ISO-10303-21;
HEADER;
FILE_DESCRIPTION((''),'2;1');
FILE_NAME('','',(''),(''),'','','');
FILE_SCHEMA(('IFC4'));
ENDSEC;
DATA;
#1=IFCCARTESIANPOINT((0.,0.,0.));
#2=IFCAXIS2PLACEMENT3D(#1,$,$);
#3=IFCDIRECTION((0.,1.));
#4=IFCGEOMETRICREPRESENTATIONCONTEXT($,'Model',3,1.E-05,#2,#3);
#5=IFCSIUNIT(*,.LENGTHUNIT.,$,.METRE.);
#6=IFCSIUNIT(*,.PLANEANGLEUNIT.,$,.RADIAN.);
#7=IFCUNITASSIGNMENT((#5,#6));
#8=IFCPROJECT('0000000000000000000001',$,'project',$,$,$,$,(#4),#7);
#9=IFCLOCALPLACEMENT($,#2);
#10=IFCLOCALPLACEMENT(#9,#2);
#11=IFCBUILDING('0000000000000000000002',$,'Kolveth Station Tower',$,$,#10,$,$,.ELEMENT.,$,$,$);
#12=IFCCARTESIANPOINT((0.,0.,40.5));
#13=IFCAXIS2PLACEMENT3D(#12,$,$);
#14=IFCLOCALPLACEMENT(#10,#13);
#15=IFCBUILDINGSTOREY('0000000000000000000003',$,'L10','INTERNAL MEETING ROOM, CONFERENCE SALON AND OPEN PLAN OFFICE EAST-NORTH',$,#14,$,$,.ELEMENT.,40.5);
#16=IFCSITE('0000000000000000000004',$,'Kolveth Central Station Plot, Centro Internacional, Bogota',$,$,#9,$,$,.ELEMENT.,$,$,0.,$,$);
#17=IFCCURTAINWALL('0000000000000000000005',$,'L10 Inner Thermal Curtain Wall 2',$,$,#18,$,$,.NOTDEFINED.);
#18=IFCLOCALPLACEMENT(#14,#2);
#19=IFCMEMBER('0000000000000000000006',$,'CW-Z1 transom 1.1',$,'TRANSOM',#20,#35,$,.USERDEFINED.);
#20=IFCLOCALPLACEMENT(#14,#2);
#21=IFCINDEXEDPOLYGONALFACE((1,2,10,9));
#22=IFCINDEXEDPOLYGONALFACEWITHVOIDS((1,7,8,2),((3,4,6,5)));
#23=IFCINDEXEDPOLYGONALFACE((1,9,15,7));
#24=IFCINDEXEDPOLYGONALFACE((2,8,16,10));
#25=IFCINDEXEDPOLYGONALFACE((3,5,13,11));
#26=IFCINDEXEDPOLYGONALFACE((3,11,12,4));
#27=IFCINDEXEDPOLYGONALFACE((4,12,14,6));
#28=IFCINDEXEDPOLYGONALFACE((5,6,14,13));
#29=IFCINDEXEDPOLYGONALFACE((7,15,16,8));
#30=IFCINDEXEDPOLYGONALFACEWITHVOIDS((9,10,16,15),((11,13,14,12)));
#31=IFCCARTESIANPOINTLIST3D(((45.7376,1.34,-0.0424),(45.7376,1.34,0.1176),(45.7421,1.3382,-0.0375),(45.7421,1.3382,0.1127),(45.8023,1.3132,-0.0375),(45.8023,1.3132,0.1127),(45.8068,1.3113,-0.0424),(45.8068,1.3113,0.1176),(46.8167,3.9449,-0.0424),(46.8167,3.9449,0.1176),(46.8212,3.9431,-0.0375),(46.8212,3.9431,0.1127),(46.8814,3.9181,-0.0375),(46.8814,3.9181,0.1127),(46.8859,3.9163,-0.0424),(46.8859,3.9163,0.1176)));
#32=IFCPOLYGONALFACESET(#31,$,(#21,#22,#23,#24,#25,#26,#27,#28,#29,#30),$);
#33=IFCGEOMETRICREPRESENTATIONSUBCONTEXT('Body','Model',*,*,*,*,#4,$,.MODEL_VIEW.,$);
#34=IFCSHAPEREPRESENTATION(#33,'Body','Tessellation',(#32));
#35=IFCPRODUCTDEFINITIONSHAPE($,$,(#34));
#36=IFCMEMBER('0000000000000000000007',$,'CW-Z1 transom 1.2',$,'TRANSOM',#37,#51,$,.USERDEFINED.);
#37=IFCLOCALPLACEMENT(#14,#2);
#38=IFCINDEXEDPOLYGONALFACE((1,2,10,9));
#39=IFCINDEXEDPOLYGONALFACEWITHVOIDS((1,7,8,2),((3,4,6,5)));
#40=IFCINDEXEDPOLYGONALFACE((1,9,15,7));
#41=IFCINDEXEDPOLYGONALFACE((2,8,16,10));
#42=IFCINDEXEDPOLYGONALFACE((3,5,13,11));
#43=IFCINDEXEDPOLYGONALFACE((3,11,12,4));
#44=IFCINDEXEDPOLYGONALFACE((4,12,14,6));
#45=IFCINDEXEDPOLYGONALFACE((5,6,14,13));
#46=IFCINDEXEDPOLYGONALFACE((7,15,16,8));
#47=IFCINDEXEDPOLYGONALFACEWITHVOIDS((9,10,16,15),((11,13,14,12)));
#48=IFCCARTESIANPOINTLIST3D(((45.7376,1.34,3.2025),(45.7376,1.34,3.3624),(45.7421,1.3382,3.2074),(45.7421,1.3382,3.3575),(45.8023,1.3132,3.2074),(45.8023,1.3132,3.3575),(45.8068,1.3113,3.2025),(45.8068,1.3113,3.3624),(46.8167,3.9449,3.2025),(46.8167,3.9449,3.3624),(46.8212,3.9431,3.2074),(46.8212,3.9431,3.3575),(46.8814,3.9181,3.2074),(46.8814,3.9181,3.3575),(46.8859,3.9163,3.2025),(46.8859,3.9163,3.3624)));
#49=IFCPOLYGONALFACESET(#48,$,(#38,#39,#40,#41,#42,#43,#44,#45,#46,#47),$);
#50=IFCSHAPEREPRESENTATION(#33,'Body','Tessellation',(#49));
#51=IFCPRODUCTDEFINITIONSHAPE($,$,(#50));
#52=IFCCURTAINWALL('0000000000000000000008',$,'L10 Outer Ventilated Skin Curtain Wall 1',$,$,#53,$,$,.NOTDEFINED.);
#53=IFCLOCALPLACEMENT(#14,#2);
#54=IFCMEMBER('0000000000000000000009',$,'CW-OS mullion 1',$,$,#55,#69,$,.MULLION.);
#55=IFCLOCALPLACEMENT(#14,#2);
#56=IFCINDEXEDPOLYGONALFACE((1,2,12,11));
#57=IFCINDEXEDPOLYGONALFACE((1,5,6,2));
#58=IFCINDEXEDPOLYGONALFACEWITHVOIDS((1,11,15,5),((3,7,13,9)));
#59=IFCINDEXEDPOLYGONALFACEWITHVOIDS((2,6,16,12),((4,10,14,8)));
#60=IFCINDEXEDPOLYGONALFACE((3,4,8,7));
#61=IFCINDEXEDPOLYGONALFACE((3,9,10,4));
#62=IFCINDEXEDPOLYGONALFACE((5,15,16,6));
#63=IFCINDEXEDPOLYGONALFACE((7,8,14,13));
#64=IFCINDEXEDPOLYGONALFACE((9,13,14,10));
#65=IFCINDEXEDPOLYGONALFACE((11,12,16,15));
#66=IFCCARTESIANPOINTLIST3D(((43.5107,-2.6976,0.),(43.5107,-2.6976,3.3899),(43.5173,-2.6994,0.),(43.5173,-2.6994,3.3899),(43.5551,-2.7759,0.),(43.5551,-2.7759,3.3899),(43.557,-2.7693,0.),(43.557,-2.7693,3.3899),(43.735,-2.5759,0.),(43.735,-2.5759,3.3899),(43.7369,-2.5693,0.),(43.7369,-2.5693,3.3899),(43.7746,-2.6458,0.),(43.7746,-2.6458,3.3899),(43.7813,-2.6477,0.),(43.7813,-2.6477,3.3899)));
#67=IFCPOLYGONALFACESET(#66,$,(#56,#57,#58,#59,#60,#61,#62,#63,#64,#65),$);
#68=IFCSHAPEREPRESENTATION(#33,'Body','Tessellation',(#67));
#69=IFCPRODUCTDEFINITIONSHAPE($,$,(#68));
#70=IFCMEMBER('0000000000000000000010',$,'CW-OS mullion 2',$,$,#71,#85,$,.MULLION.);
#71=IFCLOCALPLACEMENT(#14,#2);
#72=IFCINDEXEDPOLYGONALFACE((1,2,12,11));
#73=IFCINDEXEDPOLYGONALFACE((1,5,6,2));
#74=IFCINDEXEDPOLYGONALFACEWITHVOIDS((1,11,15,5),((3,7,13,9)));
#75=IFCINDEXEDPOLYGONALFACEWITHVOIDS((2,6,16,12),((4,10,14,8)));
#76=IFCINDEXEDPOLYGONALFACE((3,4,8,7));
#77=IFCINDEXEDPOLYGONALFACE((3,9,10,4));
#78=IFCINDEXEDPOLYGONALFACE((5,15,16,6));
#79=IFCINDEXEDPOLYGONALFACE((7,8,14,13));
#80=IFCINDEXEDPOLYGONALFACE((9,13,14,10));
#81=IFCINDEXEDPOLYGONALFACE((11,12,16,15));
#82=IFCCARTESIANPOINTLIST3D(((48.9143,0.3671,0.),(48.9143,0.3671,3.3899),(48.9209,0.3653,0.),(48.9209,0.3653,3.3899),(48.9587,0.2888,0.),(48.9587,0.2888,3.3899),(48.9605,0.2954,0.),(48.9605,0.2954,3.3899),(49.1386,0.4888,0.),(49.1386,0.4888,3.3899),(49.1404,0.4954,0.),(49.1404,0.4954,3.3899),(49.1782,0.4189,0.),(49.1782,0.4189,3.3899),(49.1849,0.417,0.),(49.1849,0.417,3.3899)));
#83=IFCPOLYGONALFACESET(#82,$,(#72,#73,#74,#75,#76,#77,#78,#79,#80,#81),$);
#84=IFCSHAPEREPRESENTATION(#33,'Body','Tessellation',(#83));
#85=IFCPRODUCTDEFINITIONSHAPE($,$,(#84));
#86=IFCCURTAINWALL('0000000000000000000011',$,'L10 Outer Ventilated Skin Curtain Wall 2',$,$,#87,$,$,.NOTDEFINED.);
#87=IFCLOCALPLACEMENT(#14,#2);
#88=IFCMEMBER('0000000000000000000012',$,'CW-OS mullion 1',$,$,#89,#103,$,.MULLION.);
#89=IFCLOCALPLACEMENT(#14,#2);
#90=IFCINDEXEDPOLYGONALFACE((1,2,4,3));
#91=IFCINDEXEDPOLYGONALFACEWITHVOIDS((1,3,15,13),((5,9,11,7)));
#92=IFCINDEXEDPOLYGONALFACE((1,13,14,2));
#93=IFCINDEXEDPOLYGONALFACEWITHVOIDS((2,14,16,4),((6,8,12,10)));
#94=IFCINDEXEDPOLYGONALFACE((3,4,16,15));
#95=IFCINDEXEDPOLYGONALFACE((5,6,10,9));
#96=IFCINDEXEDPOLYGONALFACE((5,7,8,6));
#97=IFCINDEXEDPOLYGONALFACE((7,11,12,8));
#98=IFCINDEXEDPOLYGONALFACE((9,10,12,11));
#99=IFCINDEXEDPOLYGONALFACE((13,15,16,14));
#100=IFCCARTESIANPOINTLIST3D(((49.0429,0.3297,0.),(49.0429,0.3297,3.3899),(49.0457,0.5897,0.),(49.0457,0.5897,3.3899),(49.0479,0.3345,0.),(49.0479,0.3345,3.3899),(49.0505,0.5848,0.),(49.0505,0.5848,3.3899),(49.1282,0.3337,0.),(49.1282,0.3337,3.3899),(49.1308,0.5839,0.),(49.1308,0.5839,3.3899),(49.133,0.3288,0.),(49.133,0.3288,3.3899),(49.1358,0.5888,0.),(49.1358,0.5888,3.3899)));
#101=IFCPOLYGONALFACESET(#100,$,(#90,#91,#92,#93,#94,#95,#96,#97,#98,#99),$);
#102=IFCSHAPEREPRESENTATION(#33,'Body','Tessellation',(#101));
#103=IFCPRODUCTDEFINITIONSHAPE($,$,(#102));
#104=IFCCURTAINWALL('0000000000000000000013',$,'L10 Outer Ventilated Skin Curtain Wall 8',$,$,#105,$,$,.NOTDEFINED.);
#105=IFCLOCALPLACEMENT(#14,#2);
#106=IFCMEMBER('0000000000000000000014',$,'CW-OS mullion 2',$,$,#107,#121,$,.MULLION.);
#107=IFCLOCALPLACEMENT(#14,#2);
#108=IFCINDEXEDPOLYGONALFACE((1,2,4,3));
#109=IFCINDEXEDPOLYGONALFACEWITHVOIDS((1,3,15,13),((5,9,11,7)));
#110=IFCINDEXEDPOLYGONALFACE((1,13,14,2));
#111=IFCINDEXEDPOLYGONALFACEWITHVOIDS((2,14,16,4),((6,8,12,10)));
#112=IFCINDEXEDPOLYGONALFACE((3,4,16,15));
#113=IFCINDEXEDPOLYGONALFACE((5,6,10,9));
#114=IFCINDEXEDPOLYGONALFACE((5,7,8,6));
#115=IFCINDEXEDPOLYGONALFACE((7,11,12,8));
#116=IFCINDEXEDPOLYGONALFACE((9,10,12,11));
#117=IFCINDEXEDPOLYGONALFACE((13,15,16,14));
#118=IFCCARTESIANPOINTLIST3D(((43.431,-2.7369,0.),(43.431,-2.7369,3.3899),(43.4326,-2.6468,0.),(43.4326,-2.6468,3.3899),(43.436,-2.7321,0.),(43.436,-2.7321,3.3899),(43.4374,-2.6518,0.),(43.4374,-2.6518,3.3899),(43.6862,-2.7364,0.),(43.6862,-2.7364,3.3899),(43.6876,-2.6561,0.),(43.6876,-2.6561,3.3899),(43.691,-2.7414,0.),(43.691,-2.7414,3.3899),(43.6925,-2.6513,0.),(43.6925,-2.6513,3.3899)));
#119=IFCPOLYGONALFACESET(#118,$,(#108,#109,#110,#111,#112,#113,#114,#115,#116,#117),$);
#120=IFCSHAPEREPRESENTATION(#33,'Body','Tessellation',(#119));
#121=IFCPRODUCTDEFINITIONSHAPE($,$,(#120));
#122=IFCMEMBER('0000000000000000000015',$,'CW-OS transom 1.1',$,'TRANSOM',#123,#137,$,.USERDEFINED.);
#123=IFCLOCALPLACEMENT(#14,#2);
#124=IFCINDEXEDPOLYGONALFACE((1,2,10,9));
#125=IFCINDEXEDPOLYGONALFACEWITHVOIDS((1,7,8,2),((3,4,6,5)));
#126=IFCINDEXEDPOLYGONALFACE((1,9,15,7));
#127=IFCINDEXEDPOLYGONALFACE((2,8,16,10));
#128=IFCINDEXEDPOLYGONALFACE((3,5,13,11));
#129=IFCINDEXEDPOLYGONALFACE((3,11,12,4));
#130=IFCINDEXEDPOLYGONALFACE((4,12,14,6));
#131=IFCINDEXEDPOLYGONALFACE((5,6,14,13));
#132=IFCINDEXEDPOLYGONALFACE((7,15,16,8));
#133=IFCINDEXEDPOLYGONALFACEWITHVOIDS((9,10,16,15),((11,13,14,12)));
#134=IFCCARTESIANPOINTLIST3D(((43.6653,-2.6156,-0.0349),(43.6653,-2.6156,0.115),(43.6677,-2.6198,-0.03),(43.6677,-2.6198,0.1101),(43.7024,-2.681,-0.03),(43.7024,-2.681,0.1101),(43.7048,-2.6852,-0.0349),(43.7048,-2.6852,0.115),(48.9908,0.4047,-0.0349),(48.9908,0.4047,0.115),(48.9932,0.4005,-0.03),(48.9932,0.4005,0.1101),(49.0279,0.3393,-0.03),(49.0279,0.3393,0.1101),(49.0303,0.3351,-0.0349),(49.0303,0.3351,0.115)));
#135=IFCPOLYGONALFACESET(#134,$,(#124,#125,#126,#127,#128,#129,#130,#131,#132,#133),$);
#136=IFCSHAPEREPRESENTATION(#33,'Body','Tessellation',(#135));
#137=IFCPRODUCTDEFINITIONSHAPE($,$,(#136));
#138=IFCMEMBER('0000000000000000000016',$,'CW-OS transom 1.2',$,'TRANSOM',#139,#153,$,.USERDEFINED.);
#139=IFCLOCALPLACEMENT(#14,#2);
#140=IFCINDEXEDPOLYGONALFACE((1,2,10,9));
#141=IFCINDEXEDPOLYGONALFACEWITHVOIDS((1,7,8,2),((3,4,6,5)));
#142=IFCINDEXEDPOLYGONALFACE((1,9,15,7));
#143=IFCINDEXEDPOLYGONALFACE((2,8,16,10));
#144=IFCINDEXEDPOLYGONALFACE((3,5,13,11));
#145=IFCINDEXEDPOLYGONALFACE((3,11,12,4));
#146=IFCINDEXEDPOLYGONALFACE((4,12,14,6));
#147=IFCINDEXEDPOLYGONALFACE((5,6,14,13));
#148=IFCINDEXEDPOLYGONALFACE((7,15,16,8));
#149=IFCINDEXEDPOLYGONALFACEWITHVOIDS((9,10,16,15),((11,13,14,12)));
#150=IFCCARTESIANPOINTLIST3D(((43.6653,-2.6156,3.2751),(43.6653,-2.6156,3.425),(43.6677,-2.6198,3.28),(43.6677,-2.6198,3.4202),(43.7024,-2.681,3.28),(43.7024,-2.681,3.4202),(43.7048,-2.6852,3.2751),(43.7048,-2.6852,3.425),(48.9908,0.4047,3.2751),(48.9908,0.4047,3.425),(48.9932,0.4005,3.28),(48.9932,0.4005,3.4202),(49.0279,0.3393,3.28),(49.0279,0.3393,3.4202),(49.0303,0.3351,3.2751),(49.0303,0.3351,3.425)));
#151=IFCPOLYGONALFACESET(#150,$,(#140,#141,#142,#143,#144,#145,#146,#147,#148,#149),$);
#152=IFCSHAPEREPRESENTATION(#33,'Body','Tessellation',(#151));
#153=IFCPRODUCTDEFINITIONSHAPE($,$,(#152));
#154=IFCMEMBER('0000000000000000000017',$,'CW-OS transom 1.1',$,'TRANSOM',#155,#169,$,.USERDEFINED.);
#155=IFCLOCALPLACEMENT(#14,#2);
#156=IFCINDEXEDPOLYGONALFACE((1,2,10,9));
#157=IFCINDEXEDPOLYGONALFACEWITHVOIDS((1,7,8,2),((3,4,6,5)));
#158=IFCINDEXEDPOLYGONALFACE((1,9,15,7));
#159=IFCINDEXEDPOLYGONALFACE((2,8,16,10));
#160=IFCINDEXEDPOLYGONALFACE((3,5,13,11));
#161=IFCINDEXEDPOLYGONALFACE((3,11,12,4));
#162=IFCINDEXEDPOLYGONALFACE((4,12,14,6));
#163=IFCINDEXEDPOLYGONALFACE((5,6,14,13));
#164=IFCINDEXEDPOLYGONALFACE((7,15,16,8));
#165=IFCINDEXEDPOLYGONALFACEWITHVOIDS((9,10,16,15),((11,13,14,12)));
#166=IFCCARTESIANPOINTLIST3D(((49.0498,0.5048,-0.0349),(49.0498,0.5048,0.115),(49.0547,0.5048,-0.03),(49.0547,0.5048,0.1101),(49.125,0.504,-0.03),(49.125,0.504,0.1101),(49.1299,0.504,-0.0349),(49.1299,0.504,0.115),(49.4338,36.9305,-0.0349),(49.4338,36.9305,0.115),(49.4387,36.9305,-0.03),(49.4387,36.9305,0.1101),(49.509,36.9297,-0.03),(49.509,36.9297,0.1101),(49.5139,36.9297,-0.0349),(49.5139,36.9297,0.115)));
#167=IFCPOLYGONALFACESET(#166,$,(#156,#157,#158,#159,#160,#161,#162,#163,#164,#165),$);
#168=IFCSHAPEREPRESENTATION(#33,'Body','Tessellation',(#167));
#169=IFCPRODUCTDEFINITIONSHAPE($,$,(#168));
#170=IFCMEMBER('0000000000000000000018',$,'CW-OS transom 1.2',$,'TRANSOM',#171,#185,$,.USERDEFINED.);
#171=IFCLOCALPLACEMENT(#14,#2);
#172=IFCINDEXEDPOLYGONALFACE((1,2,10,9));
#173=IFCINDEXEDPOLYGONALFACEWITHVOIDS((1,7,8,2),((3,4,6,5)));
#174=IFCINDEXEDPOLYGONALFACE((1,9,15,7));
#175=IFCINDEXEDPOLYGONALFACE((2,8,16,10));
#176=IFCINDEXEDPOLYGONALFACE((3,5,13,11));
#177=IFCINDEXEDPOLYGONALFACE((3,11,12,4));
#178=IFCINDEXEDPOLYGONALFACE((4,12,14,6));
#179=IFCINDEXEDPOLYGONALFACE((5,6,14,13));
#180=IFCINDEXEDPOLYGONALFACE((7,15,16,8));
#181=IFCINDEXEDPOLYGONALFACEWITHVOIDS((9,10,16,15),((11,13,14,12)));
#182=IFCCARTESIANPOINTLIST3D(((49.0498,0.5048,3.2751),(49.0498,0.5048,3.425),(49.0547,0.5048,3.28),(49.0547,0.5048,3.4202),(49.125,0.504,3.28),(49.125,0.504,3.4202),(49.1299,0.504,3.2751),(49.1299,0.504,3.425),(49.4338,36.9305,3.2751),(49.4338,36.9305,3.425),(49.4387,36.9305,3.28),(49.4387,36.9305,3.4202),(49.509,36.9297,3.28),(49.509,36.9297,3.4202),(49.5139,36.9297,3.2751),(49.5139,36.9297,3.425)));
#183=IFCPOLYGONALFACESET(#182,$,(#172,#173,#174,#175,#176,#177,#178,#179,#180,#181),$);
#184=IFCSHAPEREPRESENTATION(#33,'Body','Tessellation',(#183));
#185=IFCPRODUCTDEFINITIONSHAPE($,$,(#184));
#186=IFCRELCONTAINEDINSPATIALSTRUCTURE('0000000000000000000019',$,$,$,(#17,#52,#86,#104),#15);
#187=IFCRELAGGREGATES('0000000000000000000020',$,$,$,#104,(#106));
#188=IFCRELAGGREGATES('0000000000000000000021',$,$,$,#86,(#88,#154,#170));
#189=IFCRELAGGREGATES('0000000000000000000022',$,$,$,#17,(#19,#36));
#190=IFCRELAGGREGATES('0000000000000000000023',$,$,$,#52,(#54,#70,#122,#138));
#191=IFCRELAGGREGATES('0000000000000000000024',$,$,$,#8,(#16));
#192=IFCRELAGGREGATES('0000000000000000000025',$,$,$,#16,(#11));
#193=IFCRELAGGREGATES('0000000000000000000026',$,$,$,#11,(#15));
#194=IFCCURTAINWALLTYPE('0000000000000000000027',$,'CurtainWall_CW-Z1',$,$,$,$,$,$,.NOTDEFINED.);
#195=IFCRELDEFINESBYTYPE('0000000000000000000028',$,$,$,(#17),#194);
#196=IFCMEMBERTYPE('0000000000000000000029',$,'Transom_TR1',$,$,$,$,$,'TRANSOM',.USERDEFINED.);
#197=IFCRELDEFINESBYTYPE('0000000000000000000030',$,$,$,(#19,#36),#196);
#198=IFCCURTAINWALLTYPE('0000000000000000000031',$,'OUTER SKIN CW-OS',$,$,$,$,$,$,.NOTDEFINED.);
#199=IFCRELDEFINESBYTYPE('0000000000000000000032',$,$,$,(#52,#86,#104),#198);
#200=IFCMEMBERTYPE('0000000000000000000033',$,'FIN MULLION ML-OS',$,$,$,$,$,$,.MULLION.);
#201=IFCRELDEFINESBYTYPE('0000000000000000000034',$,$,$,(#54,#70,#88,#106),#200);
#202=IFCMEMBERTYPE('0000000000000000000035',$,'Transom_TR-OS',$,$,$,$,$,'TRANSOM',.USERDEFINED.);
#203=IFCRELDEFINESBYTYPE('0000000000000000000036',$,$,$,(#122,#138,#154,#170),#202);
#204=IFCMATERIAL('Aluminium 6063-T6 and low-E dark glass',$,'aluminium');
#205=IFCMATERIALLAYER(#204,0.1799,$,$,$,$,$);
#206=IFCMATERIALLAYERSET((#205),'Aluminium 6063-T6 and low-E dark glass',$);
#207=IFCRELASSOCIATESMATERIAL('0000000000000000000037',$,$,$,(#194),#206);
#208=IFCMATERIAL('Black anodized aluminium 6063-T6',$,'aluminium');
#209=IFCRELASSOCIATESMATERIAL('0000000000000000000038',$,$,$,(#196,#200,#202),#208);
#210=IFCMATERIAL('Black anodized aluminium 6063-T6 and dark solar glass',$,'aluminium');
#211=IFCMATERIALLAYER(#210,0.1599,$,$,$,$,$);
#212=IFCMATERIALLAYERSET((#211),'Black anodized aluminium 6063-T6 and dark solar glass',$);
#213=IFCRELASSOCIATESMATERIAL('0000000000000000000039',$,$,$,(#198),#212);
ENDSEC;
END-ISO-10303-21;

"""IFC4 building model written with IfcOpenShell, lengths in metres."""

from ifc_helpers import new_model, si_unit, direction, frame, origin, origin_2d, place, context, subcontext, project, spatial, hollow_rectangle, extrude, source, transform, mapped, material, layer, layer_set, material_profile, profile_set, type_object, element, aggregate, save


model = new_model("IFC4")

# Units and contexts
model_context = context("Model", 3, precision=1e-05, world=origin(), true_north=direction((0.0, 1.0)))
body_context = subcontext(model_context, "Body", "Model", "MODEL_VIEW")
ifc_project = project(units=[si_unit("LENGTHUNIT", "METRE"), si_unit("PLANEANGLEUNIT", "RADIAN")], contexts=[model_context])

# Site, building, storey
site_placement = place(None, origin())
site = spatial("IfcSite", under=ifc_project, at=site_placement, Name="Kolveth Central Station Plot, Centro Internacional, Bogota", CompositionType="ELEMENT", RefElevation=0.0)
building_placement = place(site_placement, origin())
building = spatial("IfcBuilding", under=site, at=building_placement, Name="Kolveth Station Tower", CompositionType="ELEMENT")
storey_placement = place(building_placement, frame((0.0, 0.0, 40.5)))
storey = spatial("IfcBuildingStorey", under=building, at=storey_placement, Name="L10", Description="INTERNAL MEETING ROOM, CONFERENCE SALON AND OPEN PLAN OFFICE EAST-NORTH", CompositionType="ELEMENT", Elevation=40.5)

# Curtain wall
ifc_material_1 = material(Name="Aluminium 6063-T6 and low-E dark glass", Category="aluminium")
ifc_layer_1 = layer(ifc_material_1, 0.1799)
ifc_layer_set_1 = layer_set([ifc_layer_1], Name="Aluminium 6063-T6 and low-E dark glass")
curtain_wall_type_1 = type_object("IfcCurtainWallType", Name="CurtainWall_CW-Z1", PredefinedType="NOTDEFINED", material=ifc_layer_set_1)
ifc_material_2 = material(Name="Black anodized aluminium 6063-T6", Category="aluminium")
curtain_wall_1_placement = place(storey_placement, origin())
curtain_wall_1 = element("IfcCurtainWall", 1, at=curtain_wall_1_placement, inside=storey, type_object=curtain_wall_type_1, Name="L10 Inner Thermal Curtain Wall 2", PredefinedType="NOTDEFINED")

# Members
ifc_material_profile_1 = material_profile(ifc_material_2, hollow_rectangle(XDim=0.075, YDim=0.1599, WallThickness=0.0049, at=origin_2d()), Name="ALU-75x160x5")
ifc_profile_set_1 = profile_set([ifc_material_profile_1], Name="Black anodized aluminium 6063-T6")
member_type_1 = type_object("IfcMemberType", Name="Transom_TR1", ElementType="TRANSOM", PredefinedType="USERDEFINED", material=ifc_profile_set_1)
shared_shape_1 = source(origin(), body_context, "Body", "SweptSolid", [
    extrude(hollow_rectangle(XDim=0.075, YDim=0.1599, WallThickness=0.0049, at=origin_2d()), origin(), (0.0, 0.0, 1.0), 2.8196),
])
member_1_placement = place(storey_placement, frame((45.7722, 1.3257, 0.0376), z_axis=(0.382709, 0.923869, 0.0), x_axis=(-0.923869, 0.382709, 0.0)))
member_1 = element("IfcMember", 2, at=member_1_placement, type_object=member_type_1, Name="CW-Z1 transom 1.1", ObjectType="TRANSOM", PredefinedType="USERDEFINED", context=body_context, shape_type="MappedRepresentation", body=[
    mapped(shared_shape_1, transform((0.0, 0.0, 0.0), x_axis=(1.0, 0.0, 0.0), y_axis=(0.0, 1.0, 0.0), z_axis=(0.0, 0.0, 1.0), scale=1.0)),
])
member_2_placement = place(storey_placement, frame((45.7722, 1.3257, 3.2825), z_axis=(0.382709, 0.923869, 0.0), x_axis=(-0.923869, 0.382709, 0.0)))
member_2 = element("IfcMember", 3, at=member_2_placement, type_object=member_type_1, Name="CW-Z1 transom 1.2", ObjectType="TRANSOM", PredefinedType="USERDEFINED", context=body_context, shape_type="MappedRepresentation", body=[
    mapped(shared_shape_1, transform((0.0, 0.0, 0.0), x_axis=(1.0, 0.0, 0.0), y_axis=(0.0, 1.0, 0.0), z_axis=(0.0, 0.0, 1.0), scale=1.0)),
])

# Curtain wall, members
ifc_material_3 = material(Name="Black anodized aluminium 6063-T6 and dark solar glass", Category="aluminium")
ifc_layer_2 = layer(ifc_material_3, 0.1599)
ifc_layer_set_2 = layer_set([ifc_layer_2], Name="Black anodized aluminium 6063-T6 and dark solar glass")
curtain_wall_type_2 = type_object("IfcCurtainWallType", Name="OUTER SKIN CW-OS", PredefinedType="NOTDEFINED", material=ifc_layer_set_2)
curtain_wall_2_placement = place(storey_placement, origin())
curtain_wall_2 = element("IfcCurtainWall", 4, at=curtain_wall_2_placement, inside=storey, type_object=curtain_wall_type_2, Name="L10 Outer Ventilated Skin Curtain Wall 1", PredefinedType="NOTDEFINED")
ifc_material_profile_2 = material_profile(ifc_material_2, hollow_rectangle(XDim=0.0901, YDim=0.26, WallThickness=0.0049, at=origin_2d()), Name="ALU-90x260x5")
ifc_profile_set_2 = profile_set([ifc_material_profile_2], Name="Black anodized aluminium 6063-T6")
member_type_2 = type_object("IfcMemberType", Name="FIN MULLION ML-OS", PredefinedType="MULLION", material=ifc_profile_set_2)
shared_shape_2 = source(origin(), body_context, "Body", "SweptSolid", [
    extrude(hollow_rectangle(XDim=0.0901, YDim=0.26, WallThickness=0.0049, at=origin_2d()), origin(), (0.0, 0.0, 1.0), 3.3899),
])
member_3_placement = place(storey_placement, frame((43.646, -2.6726, 0.0), z_axis=(0.0, 0.0, 1.0), x_axis=(-0.493341, 0.869836, 0.0)))
member_3 = element("IfcMember", 5, at=member_3_placement, type_object=member_type_2, Name="CW-OS mullion 1", PredefinedType="MULLION", context=body_context, shape_type="MappedRepresentation", body=[
    mapped(shared_shape_2, transform((0.0, 0.0, 0.0), x_axis=(1.0, 0.0, 0.0), y_axis=(0.0, 1.0, 0.0), z_axis=(0.0, 0.0, 1.0), scale=1.0)),
])
member_4_placement = place(storey_placement, frame((49.0496, 0.3921, 0.0), z_axis=(0.0, 0.0, 1.0), x_axis=(-0.493341, 0.869836, 0.0)))
member_4 = element("IfcMember", 6, at=member_4_placement, type_object=member_type_2, Name="CW-OS mullion 2", PredefinedType="MULLION", context=body_context, shape_type="MappedRepresentation", body=[
    mapped(shared_shape_2, transform((0.0, 0.0, 0.0), x_axis=(1.0, 0.0, 0.0), y_axis=(0.0, 1.0, 0.0), z_axis=(0.0, 0.0, 1.0), scale=1.0)),
])

# Curtain walls, members
curtain_wall_3_placement = place(storey_placement, origin())
curtain_wall_3 = element("IfcCurtainWall", 7, at=curtain_wall_3_placement, inside=storey, type_object=curtain_wall_type_2, Name="L10 Outer Ventilated Skin Curtain Wall 2", PredefinedType="NOTDEFINED")
member_5_placement = place(storey_placement, frame((49.0894, 0.4592, 0.0), z_axis=(0.0, 0.0, 1.0), x_axis=(-0.999944, 0.010547, 0.0)))
member_5 = element("IfcMember", 8, at=member_5_placement, type_object=member_type_2, Name="CW-OS mullion 1", PredefinedType="MULLION", context=body_context, shape_type="MappedRepresentation", body=[
    mapped(shared_shape_2, transform((0.0, 0.0, 0.0), x_axis=(1.0, 0.0, 0.0), y_axis=(0.0, 1.0, 0.0), z_axis=(0.0, 0.0, 1.0), scale=1.0)),
])
curtain_wall_4_placement = place(storey_placement, origin())
curtain_wall_4 = element("IfcCurtainWall", 9, at=curtain_wall_4_placement, inside=storey, type_object=curtain_wall_type_2, Name="L10 Outer Ventilated Skin Curtain Wall 8", PredefinedType="NOTDEFINED")
member_6_placement = place(storey_placement, frame((43.5618, -2.6941, 0.0), z_axis=(0.0, 0.0, 1.0), x_axis=(0.017169, 0.999853, 0.0)))
member_6 = element("IfcMember", 10, at=member_6_placement, type_object=member_type_2, Name="CW-OS mullion 2", PredefinedType="MULLION", context=body_context, shape_type="MappedRepresentation", body=[
    mapped(shared_shape_2, transform((0.0, 0.0, 0.0), x_axis=(1.0, 0.0, 0.0), y_axis=(0.0, 1.0, 0.0), z_axis=(0.0, 0.0, 1.0), scale=1.0)),
])
aggregate(curtain_wall_4, [member_6])

# Members
ifc_material_profile_3 = material_profile(ifc_material_2, hollow_rectangle(XDim=0.0801, YDim=0.1499, WallThickness=0.0049, at=origin_2d()), Name="ALU-80x150x5")
ifc_profile_set_3 = profile_set([ifc_material_profile_3], Name="Black anodized aluminium 6063-T6")
member_type_3 = type_object("IfcMemberType", Name="Transom_TR-OS", ElementType="TRANSOM", PredefinedType="USERDEFINED", material=ifc_profile_set_3)
shared_shape_3 = source(origin(), body_context, "Body", "SweptSolid", [
    extrude(hollow_rectangle(XDim=0.0801, YDim=0.1499, WallThickness=0.0049, at=origin_2d()), origin(), (0.0, 0.0, 1.0), 6.1223),
])
member_7_placement = place(storey_placement, frame((43.6851, -2.6504, 0.04), z_axis=(0.869846, 0.493323, 0.0), x_axis=(-0.493323, 0.869846, 0.0)))
member_7 = element("IfcMember", 11, at=member_7_placement, type_object=member_type_3, Name="CW-OS transom 1.1", ObjectType="TRANSOM", PredefinedType="USERDEFINED", context=body_context, shape_type="MappedRepresentation", body=[
    mapped(shared_shape_3, transform((0.0, 0.0, 0.0), x_axis=(1.0, 0.0, 0.0), y_axis=(0.0, 1.0, 0.0), z_axis=(0.0, 0.0, 1.0), scale=1.0)),
])
member_8_placement = place(storey_placement, frame((43.6851, -2.6504, 3.3501), z_axis=(0.869846, 0.493323, 0.0), x_axis=(-0.493323, 0.869846, 0.0)))
member_8 = element("IfcMember", 12, at=member_8_placement, type_object=member_type_3, Name="CW-OS transom 1.2", ObjectType="TRANSOM", PredefinedType="USERDEFINED", context=body_context, shape_type="MappedRepresentation", body=[
    mapped(shared_shape_3, transform((0.0, 0.0, 0.0), x_axis=(1.0, 0.0, 0.0), y_axis=(0.0, 1.0, 0.0), z_axis=(0.0, 0.0, 1.0), scale=1.0)),
])
shared_shape_4 = source(origin(), body_context, "Body", "SweptSolid", [
    extrude(hollow_rectangle(XDim=0.0801, YDim=0.1499, WallThickness=0.0049, at=origin_2d()), origin(), (0.0, 0.0, 1.0), 36.4277),
])
member_9_placement = place(storey_placement, frame((49.0898, 0.5044, 0.04), z_axis=(0.010542, 0.999944, 0.0), x_axis=(-0.999944, 0.010542, 0.0)))
member_9 = element("IfcMember", 13, at=member_9_placement, type_object=member_type_3, Name="CW-OS transom 1.1", ObjectType="TRANSOM", PredefinedType="USERDEFINED", context=body_context, shape_type="MappedRepresentation", body=[
    mapped(shared_shape_4, transform((0.0, 0.0, 0.0), x_axis=(1.0, 0.0, 0.0), y_axis=(0.0, 1.0, 0.0), z_axis=(0.0, 0.0, 1.0), scale=1.0)),
])
member_10_placement = place(storey_placement, frame((49.0898, 0.5044, 3.3501), z_axis=(0.010542, 0.999944, 0.0), x_axis=(-0.999944, 0.010542, 0.0)))
member_10 = element("IfcMember", 14, at=member_10_placement, type_object=member_type_3, Name="CW-OS transom 1.2", ObjectType="TRANSOM", PredefinedType="USERDEFINED", context=body_context, shape_type="MappedRepresentation", body=[
    mapped(shared_shape_4, transform((0.0, 0.0, 0.0), x_axis=(1.0, 0.0, 0.0), y_axis=(0.0, 1.0, 0.0), z_axis=(0.0, 0.0, 1.0), scale=1.0)),
])
aggregate(curtain_wall_3, [member_5, member_9, member_10])

aggregate(curtain_wall_1, [member_1, member_2])
aggregate(curtain_wall_2, [member_3, member_4, member_7, member_8])

save(model, "model.ifc")
